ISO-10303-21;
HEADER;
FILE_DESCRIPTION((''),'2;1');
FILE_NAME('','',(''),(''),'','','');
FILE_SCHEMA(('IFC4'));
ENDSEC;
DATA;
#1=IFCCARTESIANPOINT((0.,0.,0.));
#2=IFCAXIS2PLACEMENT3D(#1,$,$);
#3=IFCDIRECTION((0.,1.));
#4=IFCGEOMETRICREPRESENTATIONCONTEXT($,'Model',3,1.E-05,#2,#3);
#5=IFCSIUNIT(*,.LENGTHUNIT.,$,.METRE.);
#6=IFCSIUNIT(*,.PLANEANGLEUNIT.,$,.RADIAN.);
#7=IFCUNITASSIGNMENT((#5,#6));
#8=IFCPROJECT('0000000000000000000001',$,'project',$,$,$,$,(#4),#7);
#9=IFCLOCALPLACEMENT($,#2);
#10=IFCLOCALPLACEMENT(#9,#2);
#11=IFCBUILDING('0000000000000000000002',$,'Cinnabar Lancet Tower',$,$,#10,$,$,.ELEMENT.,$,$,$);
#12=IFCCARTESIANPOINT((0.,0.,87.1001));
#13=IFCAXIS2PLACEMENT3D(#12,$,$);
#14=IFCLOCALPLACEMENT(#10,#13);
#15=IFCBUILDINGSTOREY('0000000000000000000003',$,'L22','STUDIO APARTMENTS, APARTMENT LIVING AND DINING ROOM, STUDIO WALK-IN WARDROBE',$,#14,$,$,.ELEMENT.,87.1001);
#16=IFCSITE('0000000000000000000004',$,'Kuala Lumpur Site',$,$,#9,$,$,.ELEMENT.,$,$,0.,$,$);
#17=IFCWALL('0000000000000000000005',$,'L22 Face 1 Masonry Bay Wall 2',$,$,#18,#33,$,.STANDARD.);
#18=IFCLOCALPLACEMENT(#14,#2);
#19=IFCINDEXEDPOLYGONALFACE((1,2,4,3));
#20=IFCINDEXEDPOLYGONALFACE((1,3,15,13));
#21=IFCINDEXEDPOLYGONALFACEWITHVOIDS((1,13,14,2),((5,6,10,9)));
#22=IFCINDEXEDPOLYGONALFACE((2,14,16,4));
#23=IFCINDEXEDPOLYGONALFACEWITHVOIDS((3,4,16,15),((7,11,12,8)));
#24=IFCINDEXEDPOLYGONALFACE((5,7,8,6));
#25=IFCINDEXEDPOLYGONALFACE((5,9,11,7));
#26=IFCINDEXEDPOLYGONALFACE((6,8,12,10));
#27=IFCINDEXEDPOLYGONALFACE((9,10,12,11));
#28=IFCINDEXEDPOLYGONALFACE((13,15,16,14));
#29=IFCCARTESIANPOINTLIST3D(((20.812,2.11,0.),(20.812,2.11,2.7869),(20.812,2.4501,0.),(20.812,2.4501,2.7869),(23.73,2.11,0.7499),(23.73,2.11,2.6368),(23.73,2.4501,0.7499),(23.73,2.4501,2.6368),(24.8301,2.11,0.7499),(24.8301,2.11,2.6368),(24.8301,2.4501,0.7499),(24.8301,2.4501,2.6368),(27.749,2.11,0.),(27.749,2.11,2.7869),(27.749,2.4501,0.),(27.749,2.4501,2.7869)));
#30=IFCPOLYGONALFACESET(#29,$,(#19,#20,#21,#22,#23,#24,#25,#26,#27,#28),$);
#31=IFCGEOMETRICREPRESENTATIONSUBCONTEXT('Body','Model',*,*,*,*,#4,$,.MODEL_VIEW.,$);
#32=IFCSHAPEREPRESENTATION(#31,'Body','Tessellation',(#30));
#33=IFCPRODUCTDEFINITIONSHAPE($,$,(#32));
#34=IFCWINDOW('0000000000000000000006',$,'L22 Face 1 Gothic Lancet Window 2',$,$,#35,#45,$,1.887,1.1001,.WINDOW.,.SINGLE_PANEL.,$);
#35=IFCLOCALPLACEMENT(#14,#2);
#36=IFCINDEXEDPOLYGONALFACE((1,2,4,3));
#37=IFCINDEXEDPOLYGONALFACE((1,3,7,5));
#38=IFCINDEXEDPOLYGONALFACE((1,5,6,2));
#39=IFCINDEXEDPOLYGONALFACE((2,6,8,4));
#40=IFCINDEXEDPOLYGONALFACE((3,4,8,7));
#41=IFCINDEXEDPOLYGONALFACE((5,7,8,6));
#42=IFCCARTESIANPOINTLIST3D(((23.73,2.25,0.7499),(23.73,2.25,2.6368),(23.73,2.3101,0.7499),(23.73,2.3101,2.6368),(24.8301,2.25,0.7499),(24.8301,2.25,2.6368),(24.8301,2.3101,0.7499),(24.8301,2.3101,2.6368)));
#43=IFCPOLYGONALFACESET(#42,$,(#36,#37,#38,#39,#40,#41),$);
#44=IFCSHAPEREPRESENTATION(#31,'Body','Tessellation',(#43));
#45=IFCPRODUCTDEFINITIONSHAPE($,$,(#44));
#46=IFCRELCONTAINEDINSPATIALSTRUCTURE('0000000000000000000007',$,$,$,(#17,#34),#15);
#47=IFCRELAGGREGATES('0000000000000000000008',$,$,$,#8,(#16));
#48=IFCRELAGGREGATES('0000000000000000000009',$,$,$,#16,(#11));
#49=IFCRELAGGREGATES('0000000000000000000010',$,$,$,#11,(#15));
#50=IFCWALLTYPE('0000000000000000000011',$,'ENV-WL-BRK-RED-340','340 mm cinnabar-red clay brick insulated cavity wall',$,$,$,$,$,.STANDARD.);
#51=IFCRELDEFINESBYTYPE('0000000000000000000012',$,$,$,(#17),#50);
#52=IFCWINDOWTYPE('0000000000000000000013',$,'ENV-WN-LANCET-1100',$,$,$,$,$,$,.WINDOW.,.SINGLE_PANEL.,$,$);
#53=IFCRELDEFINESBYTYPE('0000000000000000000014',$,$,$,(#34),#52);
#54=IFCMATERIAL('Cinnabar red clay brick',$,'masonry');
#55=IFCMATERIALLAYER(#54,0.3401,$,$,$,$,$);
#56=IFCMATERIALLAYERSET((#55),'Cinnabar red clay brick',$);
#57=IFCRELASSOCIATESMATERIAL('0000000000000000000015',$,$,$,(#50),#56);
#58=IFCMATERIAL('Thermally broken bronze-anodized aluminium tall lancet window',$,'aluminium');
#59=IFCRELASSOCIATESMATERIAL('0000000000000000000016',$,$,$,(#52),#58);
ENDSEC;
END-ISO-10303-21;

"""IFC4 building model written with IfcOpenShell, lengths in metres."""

from ifc_helpers import new_model, si_unit, direction, frame, frame_2d, origin, place, context, subcontext, project, spatial, rectangle, extrude, material, layer, layer_set, type_object, element, fill, save


model = new_model("IFC4")

# Units and contexts
model_context = context("Model", 3, precision=1e-05, world=origin(), true_north=direction((0.0, 1.0)))
body_context = subcontext(model_context, "Body", "Model", "MODEL_VIEW")
ifc_project = project(units=[si_unit("LENGTHUNIT", "METRE"), si_unit("PLANEANGLEUNIT", "RADIAN")], contexts=[model_context])

# Site, building, storey
site_placement = place(None, origin())
site = spatial("IfcSite", under=ifc_project, at=site_placement, Name="Kuala Lumpur Site", CompositionType="ELEMENT", RefElevation=0.0)
building_placement = place(site_placement, origin())
building = spatial("IfcBuilding", under=site, at=building_placement, Name="Cinnabar Lancet Tower", CompositionType="ELEMENT")
storey_placement = place(building_placement, frame((0.0, 0.0, 87.1001)))
storey = spatial("IfcBuildingStorey", under=building, at=storey_placement, Name="L22", Description="STUDIO APARTMENTS, APARTMENT LIVING AND DINING ROOM, STUDIO WALK-IN WARDROBE", CompositionType="ELEMENT", Elevation=87.1001)

# Wall, opening, window
ifc_material_1 = material(Name="Cinnabar red clay brick", Category="masonry")
ifc_layer_1 = layer(ifc_material_1, 0.3401)
ifc_layer_set_1 = layer_set([ifc_layer_1], Name="Cinnabar red clay brick")
wall_type_1 = type_object("IfcWallType", Name="ENV-WL-BRK-RED-340", Description="340 mm cinnabar-red clay brick insulated cavity wall", PredefinedType="STANDARD", material=ifc_layer_set_1)
ifc_material_2 = material(Name="Thermally broken bronze-anodized aluminium tall lancet window", Category="aluminium")
window_type = type_object("IfcWindowType", Name="ENV-WN-LANCET-1100", PartitioningType="SINGLE_PANEL", PredefinedType="WINDOW", material=ifc_material_2)
wall_1_placement = place(storey_placement, frame((20.812, 2.28, 0.0), z_axis=(0.0, 0.0, 1.0), x_axis=(1.0, 0.0, 0.0)))
wall_1 = element("IfcWall", 1, at=wall_1_placement, inside=storey, type_object=wall_type_1, Name="L22 Face 1 Masonry Bay Wall 2", PredefinedType="STANDARD", context=body_context, shape_type="SweptSolid", body=[
    extrude(rectangle(XDim=6.937, YDim=0.3401, at=frame_2d((3.4685, 0.0))), origin(), (0.0, 0.0, 1.0), 2.7869),
])
opening_1_placement = place(wall_1_placement, frame((2.918, 0.0, 0.75)))
opening_1 = element("IfcOpeningElement", 2, at=opening_1_placement, cuts=wall_1, PredefinedType="OPENING", context=body_context, shape_type="SweptSolid", body=[
    extrude(rectangle(XDim=1.1001, YDim=1.887, at=frame_2d((0.55, 0.9434))), frame((0.0, 0.1799, 0.0), z_axis=(0.0, -1.0, 0.0), x_axis=(1.0, 0.0, 0.0)), (0.0, 0.0, 1.0), 0.3601),
])
window_1_placement = place(opening_1_placement, origin())
window_1 = element("IfcWindow", 3, at=window_1_placement, inside=storey, type_object=window_type, Name="L22 Face 1 Gothic Lancet Window 2", OverallHeight=1.887, OverallWidth=1.1001, PartitioningType="SINGLE_PANEL", PredefinedType="WINDOW", context=body_context, shape_type="SweptSolid", body=[
    extrude(rectangle(XDim=1.1001, YDim=1.887, at=frame_2d((0.55, 0.9434))), frame((0.0, 0.03, 0.0), z_axis=(0.0, -1.0, 0.0), x_axis=(1.0, 0.0, 0.0)), (0.0, 0.0, 1.0), 0.0601),
])
fill(opening_1, window_1)

save(model, "model.ifc")
